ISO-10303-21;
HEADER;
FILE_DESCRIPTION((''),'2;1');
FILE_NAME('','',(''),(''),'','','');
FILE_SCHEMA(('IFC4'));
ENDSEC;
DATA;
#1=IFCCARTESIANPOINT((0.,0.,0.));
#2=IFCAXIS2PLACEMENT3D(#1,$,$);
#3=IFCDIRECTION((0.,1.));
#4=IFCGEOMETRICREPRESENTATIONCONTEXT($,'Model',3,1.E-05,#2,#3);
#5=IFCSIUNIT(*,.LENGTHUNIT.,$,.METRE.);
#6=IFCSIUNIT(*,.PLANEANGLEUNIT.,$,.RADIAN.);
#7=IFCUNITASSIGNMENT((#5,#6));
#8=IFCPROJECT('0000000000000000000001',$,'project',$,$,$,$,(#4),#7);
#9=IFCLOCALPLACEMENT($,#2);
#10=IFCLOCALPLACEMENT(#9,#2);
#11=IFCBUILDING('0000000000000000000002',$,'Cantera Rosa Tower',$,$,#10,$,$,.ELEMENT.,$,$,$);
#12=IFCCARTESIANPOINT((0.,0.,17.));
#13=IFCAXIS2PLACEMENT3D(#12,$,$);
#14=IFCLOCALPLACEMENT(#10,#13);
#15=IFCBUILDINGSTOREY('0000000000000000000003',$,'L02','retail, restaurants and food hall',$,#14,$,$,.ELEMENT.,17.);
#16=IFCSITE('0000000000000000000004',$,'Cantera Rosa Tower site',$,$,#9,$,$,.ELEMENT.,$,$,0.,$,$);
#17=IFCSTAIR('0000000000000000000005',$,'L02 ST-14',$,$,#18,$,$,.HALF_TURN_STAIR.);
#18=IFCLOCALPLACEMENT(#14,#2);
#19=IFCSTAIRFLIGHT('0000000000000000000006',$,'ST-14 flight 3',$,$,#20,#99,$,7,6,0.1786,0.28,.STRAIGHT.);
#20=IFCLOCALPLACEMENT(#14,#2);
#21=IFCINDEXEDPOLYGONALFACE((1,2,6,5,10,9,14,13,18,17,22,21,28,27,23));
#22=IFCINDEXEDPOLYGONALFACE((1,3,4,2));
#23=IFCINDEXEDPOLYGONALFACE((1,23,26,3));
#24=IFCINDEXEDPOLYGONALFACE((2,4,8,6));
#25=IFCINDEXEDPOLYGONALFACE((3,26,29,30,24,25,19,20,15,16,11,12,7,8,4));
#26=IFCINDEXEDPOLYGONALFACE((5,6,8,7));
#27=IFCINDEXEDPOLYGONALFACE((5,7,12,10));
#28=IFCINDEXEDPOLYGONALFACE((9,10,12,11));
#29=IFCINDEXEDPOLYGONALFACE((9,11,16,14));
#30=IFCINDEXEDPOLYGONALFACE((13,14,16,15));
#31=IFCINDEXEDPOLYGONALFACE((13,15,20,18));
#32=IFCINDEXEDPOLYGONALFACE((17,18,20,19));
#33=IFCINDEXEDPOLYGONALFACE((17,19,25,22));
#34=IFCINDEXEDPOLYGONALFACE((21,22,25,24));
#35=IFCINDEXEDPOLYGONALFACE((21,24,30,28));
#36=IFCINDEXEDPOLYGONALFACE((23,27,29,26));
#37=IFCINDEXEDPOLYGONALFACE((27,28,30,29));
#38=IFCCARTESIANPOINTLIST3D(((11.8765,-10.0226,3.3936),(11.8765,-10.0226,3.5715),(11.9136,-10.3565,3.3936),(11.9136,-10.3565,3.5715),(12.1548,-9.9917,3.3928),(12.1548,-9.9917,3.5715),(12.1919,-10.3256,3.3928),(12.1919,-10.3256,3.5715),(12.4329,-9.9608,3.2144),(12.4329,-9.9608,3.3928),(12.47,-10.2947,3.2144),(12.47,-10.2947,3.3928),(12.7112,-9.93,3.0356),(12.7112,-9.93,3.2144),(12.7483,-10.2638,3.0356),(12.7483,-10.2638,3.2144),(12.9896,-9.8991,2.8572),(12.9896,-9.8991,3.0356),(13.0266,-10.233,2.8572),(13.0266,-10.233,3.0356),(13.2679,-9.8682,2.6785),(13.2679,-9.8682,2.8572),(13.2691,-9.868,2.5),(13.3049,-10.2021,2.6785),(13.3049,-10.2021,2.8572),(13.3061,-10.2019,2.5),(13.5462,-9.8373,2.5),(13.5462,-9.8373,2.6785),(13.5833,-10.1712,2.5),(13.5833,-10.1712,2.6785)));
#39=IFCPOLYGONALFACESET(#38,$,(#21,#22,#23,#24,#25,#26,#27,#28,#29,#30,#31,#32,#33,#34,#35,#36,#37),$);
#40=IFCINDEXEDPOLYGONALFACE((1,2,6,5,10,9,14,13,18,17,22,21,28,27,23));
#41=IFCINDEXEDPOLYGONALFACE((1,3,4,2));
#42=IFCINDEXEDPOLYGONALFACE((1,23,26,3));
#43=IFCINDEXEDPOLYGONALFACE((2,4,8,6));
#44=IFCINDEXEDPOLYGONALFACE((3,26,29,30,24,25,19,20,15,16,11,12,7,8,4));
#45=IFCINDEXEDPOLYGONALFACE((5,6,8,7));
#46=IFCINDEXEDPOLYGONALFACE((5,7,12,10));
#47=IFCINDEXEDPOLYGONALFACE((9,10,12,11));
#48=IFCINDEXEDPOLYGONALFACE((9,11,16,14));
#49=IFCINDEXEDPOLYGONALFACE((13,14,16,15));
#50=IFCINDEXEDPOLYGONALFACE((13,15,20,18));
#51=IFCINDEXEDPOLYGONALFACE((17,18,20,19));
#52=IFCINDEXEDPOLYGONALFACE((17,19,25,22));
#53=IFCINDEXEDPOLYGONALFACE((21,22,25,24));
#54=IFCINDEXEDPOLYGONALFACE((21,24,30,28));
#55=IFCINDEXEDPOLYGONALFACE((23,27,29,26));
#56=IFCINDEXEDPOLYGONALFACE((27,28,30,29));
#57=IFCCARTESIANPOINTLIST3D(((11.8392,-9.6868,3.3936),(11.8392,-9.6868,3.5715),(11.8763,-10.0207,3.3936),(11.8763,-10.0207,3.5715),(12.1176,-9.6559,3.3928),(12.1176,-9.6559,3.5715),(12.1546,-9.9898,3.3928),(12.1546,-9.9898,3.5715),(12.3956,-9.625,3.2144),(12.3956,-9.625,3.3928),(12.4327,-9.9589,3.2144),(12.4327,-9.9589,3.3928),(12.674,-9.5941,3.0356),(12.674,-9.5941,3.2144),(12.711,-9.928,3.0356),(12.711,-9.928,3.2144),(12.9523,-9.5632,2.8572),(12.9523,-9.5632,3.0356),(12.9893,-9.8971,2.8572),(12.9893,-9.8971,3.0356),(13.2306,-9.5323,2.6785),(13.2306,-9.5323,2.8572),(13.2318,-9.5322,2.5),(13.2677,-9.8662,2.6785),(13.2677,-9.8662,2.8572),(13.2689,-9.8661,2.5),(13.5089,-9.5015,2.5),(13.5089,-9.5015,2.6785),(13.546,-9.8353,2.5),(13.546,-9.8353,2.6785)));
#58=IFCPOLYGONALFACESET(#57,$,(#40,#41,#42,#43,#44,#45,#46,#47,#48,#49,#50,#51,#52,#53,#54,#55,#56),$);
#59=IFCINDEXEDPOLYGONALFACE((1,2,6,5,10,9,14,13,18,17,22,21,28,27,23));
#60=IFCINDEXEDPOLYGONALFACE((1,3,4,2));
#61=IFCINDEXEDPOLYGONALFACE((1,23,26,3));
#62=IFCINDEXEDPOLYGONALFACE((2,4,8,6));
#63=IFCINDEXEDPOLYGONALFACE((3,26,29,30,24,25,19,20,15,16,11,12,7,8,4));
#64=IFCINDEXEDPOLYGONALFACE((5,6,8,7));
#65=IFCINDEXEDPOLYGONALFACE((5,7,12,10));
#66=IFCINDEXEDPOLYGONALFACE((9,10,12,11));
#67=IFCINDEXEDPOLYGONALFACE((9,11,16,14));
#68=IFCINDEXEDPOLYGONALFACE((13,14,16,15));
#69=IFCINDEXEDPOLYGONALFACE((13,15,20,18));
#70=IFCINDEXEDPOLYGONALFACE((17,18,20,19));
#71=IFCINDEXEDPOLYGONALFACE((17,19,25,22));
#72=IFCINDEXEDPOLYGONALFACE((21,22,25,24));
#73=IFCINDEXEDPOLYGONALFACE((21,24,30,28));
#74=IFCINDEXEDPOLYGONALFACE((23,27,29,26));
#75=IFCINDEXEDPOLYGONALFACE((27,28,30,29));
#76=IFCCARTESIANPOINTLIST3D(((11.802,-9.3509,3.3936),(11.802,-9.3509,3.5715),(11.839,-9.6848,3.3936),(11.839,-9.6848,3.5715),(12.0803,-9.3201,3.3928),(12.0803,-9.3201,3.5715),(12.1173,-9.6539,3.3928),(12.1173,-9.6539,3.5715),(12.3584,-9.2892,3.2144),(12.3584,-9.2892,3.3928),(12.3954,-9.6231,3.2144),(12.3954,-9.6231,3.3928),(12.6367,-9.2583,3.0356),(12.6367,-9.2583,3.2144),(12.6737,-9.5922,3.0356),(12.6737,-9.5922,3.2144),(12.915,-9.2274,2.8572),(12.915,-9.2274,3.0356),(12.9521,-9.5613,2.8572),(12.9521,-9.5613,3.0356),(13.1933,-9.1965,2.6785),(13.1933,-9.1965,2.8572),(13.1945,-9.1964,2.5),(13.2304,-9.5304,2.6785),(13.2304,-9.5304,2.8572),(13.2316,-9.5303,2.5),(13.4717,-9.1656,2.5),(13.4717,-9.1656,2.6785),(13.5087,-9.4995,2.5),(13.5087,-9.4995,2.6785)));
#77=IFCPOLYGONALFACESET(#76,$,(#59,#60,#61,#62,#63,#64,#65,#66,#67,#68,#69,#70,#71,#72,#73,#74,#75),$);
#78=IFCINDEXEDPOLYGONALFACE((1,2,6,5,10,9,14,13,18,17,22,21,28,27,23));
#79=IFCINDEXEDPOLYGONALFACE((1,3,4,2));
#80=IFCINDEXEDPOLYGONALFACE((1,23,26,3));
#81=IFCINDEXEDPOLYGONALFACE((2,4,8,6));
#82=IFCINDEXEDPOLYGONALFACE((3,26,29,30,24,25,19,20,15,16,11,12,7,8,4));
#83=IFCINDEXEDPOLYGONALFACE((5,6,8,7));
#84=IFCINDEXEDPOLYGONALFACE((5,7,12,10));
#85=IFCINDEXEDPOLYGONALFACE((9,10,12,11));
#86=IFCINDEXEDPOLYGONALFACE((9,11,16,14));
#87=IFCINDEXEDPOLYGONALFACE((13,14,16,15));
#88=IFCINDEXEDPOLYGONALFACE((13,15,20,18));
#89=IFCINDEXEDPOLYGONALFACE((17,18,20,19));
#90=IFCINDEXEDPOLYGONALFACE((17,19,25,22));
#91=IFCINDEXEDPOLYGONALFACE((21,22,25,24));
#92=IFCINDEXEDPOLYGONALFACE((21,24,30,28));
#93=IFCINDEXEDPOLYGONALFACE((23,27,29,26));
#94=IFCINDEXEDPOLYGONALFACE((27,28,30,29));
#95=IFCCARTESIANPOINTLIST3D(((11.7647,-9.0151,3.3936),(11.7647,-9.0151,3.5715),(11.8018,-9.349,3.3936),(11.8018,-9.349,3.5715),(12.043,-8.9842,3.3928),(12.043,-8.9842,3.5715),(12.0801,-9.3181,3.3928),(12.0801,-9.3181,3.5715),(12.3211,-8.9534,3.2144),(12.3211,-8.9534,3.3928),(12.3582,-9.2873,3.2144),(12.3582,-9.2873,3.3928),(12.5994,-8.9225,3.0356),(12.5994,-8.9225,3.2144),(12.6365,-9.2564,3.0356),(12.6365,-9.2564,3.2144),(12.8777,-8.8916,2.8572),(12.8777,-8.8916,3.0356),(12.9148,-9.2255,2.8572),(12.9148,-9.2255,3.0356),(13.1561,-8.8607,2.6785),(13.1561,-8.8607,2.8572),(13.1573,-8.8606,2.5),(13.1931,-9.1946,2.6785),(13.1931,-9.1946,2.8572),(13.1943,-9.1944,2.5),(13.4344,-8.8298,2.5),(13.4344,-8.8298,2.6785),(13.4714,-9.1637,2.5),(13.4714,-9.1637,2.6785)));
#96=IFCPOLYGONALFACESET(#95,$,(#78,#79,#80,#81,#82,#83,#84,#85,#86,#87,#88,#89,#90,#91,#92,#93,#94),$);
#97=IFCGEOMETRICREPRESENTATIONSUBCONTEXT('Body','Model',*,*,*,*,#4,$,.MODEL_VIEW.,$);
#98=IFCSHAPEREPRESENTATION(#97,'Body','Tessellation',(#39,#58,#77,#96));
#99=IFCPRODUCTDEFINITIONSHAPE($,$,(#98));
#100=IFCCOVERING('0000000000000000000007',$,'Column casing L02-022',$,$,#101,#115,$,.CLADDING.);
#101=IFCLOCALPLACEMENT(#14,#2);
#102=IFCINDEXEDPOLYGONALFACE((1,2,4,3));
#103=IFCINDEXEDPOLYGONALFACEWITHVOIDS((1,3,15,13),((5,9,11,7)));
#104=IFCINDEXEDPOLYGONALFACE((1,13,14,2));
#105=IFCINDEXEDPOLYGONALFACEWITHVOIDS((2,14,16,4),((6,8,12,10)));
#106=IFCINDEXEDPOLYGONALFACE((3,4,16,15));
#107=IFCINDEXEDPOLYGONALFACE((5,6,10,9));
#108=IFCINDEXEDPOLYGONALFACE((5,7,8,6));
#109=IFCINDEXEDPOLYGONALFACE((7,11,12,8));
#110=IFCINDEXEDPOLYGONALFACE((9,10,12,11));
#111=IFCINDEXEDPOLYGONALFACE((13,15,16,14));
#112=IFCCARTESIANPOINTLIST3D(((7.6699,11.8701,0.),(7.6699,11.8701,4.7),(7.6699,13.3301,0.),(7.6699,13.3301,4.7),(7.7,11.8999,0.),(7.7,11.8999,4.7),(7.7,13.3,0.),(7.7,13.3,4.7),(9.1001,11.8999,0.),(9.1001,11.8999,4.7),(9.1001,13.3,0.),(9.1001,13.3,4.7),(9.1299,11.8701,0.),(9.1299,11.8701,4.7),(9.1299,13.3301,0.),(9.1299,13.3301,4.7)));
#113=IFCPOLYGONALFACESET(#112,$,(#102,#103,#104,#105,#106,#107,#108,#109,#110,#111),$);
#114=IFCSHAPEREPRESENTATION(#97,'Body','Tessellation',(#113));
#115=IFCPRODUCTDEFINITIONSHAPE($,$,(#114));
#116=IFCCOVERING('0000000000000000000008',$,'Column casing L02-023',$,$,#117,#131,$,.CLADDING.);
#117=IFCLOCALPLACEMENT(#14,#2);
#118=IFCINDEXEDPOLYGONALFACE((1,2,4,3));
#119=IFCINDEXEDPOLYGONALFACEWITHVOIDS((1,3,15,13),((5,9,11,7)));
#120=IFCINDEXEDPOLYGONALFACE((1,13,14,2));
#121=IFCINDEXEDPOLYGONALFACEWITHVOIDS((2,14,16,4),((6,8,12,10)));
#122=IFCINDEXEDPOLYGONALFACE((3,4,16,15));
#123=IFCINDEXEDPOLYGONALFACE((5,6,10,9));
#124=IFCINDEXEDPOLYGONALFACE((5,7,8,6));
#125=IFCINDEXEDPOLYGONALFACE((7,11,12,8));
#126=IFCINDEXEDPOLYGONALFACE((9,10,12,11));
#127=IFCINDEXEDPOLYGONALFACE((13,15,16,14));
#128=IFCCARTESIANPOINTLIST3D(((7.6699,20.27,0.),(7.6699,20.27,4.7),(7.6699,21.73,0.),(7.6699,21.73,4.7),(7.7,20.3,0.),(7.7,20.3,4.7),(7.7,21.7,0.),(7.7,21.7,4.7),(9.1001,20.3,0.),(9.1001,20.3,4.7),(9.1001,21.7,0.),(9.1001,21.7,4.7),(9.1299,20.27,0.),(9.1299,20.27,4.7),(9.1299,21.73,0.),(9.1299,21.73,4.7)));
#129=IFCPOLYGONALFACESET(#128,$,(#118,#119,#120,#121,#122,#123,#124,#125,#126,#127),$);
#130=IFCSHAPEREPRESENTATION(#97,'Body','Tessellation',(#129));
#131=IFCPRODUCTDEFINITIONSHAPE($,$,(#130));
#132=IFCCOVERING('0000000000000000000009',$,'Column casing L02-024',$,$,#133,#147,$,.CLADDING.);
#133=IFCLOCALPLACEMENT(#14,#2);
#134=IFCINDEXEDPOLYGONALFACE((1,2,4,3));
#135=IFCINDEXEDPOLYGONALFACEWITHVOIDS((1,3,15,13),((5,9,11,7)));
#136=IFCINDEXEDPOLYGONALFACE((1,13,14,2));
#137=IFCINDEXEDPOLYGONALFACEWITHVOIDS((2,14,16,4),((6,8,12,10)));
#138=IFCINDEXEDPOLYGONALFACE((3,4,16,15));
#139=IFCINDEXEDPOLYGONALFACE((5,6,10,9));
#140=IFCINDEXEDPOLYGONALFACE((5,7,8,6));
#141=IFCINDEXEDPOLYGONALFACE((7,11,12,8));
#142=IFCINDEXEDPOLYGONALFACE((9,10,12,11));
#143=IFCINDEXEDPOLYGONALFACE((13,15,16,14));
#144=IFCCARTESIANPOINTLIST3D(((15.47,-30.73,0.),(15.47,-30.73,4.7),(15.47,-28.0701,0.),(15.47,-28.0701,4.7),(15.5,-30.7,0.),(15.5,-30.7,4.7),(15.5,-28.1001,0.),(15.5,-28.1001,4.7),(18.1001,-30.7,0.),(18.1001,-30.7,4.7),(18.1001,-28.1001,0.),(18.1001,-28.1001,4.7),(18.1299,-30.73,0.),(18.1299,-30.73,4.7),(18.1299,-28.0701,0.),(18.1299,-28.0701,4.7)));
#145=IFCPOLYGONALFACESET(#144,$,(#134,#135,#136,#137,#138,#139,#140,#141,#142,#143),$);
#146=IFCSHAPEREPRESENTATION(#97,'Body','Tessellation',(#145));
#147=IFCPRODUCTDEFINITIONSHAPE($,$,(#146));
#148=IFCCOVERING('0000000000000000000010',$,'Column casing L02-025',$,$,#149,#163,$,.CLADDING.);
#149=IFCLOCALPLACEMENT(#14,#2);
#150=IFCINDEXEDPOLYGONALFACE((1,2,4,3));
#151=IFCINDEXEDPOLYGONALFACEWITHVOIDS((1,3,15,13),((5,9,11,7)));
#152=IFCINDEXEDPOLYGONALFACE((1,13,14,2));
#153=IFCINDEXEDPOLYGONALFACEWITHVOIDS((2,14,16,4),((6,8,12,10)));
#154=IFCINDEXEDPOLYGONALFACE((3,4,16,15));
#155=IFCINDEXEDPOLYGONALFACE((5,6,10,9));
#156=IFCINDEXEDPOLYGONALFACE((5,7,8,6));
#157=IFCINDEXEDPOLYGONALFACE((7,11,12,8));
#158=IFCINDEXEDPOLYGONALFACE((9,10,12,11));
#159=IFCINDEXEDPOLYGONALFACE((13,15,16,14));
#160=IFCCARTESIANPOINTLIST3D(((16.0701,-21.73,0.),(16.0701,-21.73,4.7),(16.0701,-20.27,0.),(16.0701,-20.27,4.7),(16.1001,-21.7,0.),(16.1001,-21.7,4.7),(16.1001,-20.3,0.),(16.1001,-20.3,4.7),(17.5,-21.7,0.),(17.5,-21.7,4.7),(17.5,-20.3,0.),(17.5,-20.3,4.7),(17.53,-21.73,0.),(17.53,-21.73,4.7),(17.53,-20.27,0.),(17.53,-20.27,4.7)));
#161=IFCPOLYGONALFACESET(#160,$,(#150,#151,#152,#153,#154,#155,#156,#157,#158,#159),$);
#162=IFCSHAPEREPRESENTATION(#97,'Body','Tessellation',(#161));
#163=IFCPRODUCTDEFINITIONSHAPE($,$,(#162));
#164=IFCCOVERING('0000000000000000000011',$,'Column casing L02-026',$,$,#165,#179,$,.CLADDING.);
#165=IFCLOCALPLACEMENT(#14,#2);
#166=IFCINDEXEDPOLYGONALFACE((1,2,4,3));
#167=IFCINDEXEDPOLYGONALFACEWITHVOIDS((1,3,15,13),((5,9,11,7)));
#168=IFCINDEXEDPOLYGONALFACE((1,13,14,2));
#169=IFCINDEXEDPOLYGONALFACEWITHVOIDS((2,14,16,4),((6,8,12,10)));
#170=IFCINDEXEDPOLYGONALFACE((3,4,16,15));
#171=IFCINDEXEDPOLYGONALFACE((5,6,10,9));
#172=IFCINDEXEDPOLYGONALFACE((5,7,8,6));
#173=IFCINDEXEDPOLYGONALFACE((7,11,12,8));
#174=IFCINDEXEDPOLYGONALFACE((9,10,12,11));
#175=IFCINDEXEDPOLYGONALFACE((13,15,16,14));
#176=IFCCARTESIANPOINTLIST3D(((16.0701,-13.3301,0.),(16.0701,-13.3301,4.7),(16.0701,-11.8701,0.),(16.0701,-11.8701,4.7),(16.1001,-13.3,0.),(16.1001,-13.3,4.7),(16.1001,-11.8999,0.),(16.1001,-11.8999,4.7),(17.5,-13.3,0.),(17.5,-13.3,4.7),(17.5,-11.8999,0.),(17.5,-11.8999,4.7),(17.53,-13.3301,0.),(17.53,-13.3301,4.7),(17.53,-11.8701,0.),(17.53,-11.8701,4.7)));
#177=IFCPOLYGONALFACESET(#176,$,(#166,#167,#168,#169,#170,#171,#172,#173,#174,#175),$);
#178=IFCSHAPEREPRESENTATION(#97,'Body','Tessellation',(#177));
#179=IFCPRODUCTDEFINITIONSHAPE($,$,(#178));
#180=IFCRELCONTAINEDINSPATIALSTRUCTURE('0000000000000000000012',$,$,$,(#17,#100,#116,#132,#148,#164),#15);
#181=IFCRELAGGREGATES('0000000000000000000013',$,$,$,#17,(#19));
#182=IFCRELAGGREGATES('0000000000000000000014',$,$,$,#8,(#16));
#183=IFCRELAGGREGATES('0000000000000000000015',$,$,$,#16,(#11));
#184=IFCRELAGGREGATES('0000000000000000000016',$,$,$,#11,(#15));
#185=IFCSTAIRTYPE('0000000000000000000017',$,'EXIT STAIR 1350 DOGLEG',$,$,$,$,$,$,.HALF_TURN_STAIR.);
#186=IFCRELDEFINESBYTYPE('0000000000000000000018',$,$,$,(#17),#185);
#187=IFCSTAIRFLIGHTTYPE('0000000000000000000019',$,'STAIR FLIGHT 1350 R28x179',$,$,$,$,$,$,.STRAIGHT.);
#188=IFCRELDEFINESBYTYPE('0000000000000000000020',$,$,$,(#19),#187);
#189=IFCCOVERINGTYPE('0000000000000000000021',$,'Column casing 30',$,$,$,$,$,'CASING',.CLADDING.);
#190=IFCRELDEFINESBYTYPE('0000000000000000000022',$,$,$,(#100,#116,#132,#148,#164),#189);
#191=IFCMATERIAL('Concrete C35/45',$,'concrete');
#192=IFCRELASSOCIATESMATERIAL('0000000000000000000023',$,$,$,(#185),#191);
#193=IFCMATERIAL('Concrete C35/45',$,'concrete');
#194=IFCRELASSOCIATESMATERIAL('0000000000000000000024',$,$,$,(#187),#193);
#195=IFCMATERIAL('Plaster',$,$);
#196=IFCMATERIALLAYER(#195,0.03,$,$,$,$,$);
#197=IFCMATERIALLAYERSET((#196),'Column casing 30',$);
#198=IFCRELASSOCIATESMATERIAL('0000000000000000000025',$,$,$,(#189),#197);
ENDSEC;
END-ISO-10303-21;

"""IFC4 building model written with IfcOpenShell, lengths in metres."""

from ifc_helpers import new_model, si_unit, direction, frame, origin, place, context, subcontext, project, spatial, polyline, outline, extrude, material, layer, layer_set, type_object, element, aggregate, save


model = new_model("IFC4")

# Units and contexts
model_context = context("Model", 3, precision=1e-05, world=origin(), true_north=direction((0.0, 1.0)))
body_context = subcontext(model_context, "Body", "Model", "MODEL_VIEW")
ifc_project = project(units=[si_unit("LENGTHUNIT", "METRE"), si_unit("PLANEANGLEUNIT", "RADIAN")], contexts=[model_context])

# Site, building, storey
site_placement = place(None, origin())
site = spatial("IfcSite", under=ifc_project, at=site_placement, Name="Cantera Rosa Tower site", CompositionType="ELEMENT", RefElevation=0.0)
building_placement = place(site_placement, origin())
building = spatial("IfcBuilding", under=site, at=building_placement, Name="Cantera Rosa Tower", CompositionType="ELEMENT")
storey_placement = place(building_placement, frame((0.0, 0.0, 17.0)))
storey = spatial("IfcBuildingStorey", under=building, at=storey_placement, Name="L02", Description="retail, restaurants and food hall", CompositionType="ELEMENT", Elevation=17.0)

# Stair, stair flight
ifc_material_1 = material(Name="Concrete C35/45", Category="concrete")
stair_type = type_object("IfcStairType", Name="EXIT STAIR 1350 DOGLEG", PredefinedType="HALF_TURN_STAIR", material=ifc_material_1)
stair_placement = place(storey_placement, origin())
stair = element("IfcStair", 1, at=stair_placement, inside=storey, type_object=stair_type, Name="L02 ST-14", PredefinedType="HALF_TURN_STAIR")
ifc_material_2 = material(Name="Concrete C35/45", Category="concrete")
stair_flight_type = type_object("IfcStairFlightType", Name="STAIR FLIGHT 1350 R28x179", PredefinedType="STRAIGHT", material=ifc_material_2)
stair_flight_1_placement = place(storey_placement, frame((13.5088, -9.5002, 2.5), z_axis=(0.0, 0.0, 1.0), x_axis=(-0.993897, -0.110313, 0.0)))
stair_flight_1 = element("IfcStairFlight", 2, at=stair_flight_1_placement, type_object=stair_flight_type, Name="ST-14 flight 3", NumberOfRisers=7, NumberOfTreads=6, PredefinedType="STRAIGHT", RiserHeight=0.1786, TreadLength=0.28, context=body_context, shape_type="SweptSolid", body=[
    extrude(outline(polyline([(0.0, 0.0), (0.0, 0.1785), (0.28, 0.1785), (0.28, 0.3572), (0.5601, 0.3572), (0.5601, 0.5356), (0.8401, 0.5356), (0.8401, 0.7144), (1.1201, 0.7144), (1.1201, 0.8928), (1.3999, 0.8928), (1.3999, 1.0715), (1.6799, 1.0715), (1.6799, 1.25), (1.6799, 0.8936), (0.2788, 0.0), (0.0, 0.0)])), frame((0.0, 0.675, 0.0), z_axis=(0.0, -1.0, 0.0), x_axis=(1.0, 0.0, 0.0)), (0.0, 0.0, 1.0), 0.3359),
    extrude(outline(polyline([(0.0, 0.0), (0.0, 0.1785), (0.28, 0.1785), (0.28, 0.3572), (0.5601, 0.3572), (0.5601, 0.5356), (0.8401, 0.5356), (0.8401, 0.7144), (1.1201, 0.7144), (1.1201, 0.8928), (1.3999, 0.8928), (1.3999, 1.0715), (1.6799, 1.0715), (1.6799, 1.25), (1.6799, 0.8936), (0.2788, 0.0), (0.0, 0.0)])), frame((0.0, 0.3372, 0.0), z_axis=(0.0, -1.0, 0.0), x_axis=(1.0, 0.0, 0.0)), (0.0, 0.0, 1.0), 0.3359),
    extrude(outline(polyline([(0.0, 0.0), (0.0, 0.1785), (0.28, 0.1785), (0.28, 0.3572), (0.5601, 0.3572), (0.5601, 0.5356), (0.8401, 0.5356), (0.8401, 0.7144), (1.1201, 0.7144), (1.1201, 0.8928), (1.3999, 0.8928), (1.3999, 1.0715), (1.6799, 1.0715), (1.6799, 1.25), (1.6799, 0.8936), (0.2788, 0.0), (0.0, 0.0)])), frame((0.0, -0.0007, 0.0), z_axis=(0.0, -1.0, 0.0), x_axis=(1.0, 0.0, 0.0)), (0.0, 0.0, 1.0), 0.3359),
    extrude(outline(polyline([(0.0, 0.0), (0.0, 0.1785), (0.28, 0.1785), (0.28, 0.3572), (0.5601, 0.3572), (0.5601, 0.5356), (0.8401, 0.5356), (0.8401, 0.7144), (1.1201, 0.7144), (1.1201, 0.8928), (1.3999, 0.8928), (1.3999, 1.0715), (1.6799, 1.0715), (1.6799, 1.25), (1.6799, 0.8936), (0.2788, 0.0), (0.0, 0.0)])), frame((0.0, -0.3386, 0.0), z_axis=(0.0, -1.0, 0.0), x_axis=(1.0, 0.0, 0.0)), (0.0, 0.0, 1.0), 0.3359),
])
aggregate(stair, [stair_flight_1])

# Coverings
ifc_material_3 = material(Name="Plaster")
ifc_layer_1 = layer(ifc_material_3, 0.03)
ifc_layer_set_1 = layer_set([ifc_layer_1], Name="Column casing 30")
covering_type = type_object("IfcCoveringType", Name="Column casing 30", ElementType="CASING", PredefinedType="CLADDING", material=ifc_layer_set_1)
covering_1_placement = place(storey_placement, origin())
element("IfcCovering", 3, at=covering_1_placement, inside=storey, type_object=covering_type, Name="Column casing L02-022", PredefinedType="CLADDING", context=body_context, shape_type="SweptSolid", body=[
    extrude(outline(polyline([(7.6699, 11.8701), (9.1299, 11.8701), (9.1299, 13.3301), (7.6699, 13.3301), (7.6699, 11.8701)]), holes=[polyline([(9.1001, 13.3), (7.7, 13.3), (7.7, 11.8999), (9.1001, 11.8999), (9.1001, 13.3)])]), origin(), (0.0, 0.0, 1.0), 4.7),
])
covering_2_placement = place(storey_placement, origin())
element("IfcCovering", 4, at=covering_2_placement, inside=storey, type_object=covering_type, Name="Column casing L02-023", PredefinedType="CLADDING", context=body_context, shape_type="SweptSolid", body=[
    extrude(outline(polyline([(7.6699, 20.27), (9.1299, 20.27), (9.1299, 21.73), (7.6699, 21.73), (7.6699, 20.27)]), holes=[polyline([(9.1001, 21.7), (7.7, 21.7), (7.7, 20.3), (9.1001, 20.3), (9.1001, 21.7)])]), origin(), (0.0, 0.0, 1.0), 4.7),
])
covering_3_placement = place(storey_placement, origin())
element("IfcCovering", 5, at=covering_3_placement, inside=storey, type_object=covering_type, Name="Column casing L02-024", PredefinedType="CLADDING", context=body_context, shape_type="SweptSolid", body=[
    extrude(outline(polyline([(15.47, -30.73), (18.1299, -30.73), (18.1299, -28.0701), (15.47, -28.0701), (15.47, -30.73)]), holes=[polyline([(18.1001, -28.1001), (15.5, -28.1001), (15.5, -30.7), (18.1001, -30.7), (18.1001, -28.1001)])]), origin(), (0.0, 0.0, 1.0), 4.7),
])
covering_4_placement = place(storey_placement, origin())
element("IfcCovering", 6, at=covering_4_placement, inside=storey, type_object=covering_type, Name="Column casing L02-025", PredefinedType="CLADDING", context=body_context, shape_type="SweptSolid", body=[
    extrude(outline(polyline([(16.0701, -21.73), (17.53, -21.73), (17.53, -20.27), (16.0701, -20.27), (16.0701, -21.73)]), holes=[polyline([(17.5, -20.3), (16.1001, -20.3), (16.1001, -21.7), (17.5, -21.7), (17.5, -20.3)])]), origin(), (0.0, 0.0, 1.0), 4.7),
])
covering_5_placement = place(storey_placement, origin())
element("IfcCovering", 7, at=covering_5_placement, inside=storey, type_object=covering_type, Name="Column casing L02-026", PredefinedType="CLADDING", context=body_context, shape_type="SweptSolid", body=[
    extrude(outline(polyline([(16.0701, -13.3301), (17.53, -13.3301), (17.53, -11.8701), (16.0701, -11.8701), (16.0701, -13.3301)]), holes=[polyline([(17.5, -11.8999), (16.1001, -11.8999), (16.1001, -13.3), (17.5, -13.3), (17.5, -11.8999)])]), origin(), (0.0, 0.0, 1.0), 4.7),
])

save(model, "model.ifc")
